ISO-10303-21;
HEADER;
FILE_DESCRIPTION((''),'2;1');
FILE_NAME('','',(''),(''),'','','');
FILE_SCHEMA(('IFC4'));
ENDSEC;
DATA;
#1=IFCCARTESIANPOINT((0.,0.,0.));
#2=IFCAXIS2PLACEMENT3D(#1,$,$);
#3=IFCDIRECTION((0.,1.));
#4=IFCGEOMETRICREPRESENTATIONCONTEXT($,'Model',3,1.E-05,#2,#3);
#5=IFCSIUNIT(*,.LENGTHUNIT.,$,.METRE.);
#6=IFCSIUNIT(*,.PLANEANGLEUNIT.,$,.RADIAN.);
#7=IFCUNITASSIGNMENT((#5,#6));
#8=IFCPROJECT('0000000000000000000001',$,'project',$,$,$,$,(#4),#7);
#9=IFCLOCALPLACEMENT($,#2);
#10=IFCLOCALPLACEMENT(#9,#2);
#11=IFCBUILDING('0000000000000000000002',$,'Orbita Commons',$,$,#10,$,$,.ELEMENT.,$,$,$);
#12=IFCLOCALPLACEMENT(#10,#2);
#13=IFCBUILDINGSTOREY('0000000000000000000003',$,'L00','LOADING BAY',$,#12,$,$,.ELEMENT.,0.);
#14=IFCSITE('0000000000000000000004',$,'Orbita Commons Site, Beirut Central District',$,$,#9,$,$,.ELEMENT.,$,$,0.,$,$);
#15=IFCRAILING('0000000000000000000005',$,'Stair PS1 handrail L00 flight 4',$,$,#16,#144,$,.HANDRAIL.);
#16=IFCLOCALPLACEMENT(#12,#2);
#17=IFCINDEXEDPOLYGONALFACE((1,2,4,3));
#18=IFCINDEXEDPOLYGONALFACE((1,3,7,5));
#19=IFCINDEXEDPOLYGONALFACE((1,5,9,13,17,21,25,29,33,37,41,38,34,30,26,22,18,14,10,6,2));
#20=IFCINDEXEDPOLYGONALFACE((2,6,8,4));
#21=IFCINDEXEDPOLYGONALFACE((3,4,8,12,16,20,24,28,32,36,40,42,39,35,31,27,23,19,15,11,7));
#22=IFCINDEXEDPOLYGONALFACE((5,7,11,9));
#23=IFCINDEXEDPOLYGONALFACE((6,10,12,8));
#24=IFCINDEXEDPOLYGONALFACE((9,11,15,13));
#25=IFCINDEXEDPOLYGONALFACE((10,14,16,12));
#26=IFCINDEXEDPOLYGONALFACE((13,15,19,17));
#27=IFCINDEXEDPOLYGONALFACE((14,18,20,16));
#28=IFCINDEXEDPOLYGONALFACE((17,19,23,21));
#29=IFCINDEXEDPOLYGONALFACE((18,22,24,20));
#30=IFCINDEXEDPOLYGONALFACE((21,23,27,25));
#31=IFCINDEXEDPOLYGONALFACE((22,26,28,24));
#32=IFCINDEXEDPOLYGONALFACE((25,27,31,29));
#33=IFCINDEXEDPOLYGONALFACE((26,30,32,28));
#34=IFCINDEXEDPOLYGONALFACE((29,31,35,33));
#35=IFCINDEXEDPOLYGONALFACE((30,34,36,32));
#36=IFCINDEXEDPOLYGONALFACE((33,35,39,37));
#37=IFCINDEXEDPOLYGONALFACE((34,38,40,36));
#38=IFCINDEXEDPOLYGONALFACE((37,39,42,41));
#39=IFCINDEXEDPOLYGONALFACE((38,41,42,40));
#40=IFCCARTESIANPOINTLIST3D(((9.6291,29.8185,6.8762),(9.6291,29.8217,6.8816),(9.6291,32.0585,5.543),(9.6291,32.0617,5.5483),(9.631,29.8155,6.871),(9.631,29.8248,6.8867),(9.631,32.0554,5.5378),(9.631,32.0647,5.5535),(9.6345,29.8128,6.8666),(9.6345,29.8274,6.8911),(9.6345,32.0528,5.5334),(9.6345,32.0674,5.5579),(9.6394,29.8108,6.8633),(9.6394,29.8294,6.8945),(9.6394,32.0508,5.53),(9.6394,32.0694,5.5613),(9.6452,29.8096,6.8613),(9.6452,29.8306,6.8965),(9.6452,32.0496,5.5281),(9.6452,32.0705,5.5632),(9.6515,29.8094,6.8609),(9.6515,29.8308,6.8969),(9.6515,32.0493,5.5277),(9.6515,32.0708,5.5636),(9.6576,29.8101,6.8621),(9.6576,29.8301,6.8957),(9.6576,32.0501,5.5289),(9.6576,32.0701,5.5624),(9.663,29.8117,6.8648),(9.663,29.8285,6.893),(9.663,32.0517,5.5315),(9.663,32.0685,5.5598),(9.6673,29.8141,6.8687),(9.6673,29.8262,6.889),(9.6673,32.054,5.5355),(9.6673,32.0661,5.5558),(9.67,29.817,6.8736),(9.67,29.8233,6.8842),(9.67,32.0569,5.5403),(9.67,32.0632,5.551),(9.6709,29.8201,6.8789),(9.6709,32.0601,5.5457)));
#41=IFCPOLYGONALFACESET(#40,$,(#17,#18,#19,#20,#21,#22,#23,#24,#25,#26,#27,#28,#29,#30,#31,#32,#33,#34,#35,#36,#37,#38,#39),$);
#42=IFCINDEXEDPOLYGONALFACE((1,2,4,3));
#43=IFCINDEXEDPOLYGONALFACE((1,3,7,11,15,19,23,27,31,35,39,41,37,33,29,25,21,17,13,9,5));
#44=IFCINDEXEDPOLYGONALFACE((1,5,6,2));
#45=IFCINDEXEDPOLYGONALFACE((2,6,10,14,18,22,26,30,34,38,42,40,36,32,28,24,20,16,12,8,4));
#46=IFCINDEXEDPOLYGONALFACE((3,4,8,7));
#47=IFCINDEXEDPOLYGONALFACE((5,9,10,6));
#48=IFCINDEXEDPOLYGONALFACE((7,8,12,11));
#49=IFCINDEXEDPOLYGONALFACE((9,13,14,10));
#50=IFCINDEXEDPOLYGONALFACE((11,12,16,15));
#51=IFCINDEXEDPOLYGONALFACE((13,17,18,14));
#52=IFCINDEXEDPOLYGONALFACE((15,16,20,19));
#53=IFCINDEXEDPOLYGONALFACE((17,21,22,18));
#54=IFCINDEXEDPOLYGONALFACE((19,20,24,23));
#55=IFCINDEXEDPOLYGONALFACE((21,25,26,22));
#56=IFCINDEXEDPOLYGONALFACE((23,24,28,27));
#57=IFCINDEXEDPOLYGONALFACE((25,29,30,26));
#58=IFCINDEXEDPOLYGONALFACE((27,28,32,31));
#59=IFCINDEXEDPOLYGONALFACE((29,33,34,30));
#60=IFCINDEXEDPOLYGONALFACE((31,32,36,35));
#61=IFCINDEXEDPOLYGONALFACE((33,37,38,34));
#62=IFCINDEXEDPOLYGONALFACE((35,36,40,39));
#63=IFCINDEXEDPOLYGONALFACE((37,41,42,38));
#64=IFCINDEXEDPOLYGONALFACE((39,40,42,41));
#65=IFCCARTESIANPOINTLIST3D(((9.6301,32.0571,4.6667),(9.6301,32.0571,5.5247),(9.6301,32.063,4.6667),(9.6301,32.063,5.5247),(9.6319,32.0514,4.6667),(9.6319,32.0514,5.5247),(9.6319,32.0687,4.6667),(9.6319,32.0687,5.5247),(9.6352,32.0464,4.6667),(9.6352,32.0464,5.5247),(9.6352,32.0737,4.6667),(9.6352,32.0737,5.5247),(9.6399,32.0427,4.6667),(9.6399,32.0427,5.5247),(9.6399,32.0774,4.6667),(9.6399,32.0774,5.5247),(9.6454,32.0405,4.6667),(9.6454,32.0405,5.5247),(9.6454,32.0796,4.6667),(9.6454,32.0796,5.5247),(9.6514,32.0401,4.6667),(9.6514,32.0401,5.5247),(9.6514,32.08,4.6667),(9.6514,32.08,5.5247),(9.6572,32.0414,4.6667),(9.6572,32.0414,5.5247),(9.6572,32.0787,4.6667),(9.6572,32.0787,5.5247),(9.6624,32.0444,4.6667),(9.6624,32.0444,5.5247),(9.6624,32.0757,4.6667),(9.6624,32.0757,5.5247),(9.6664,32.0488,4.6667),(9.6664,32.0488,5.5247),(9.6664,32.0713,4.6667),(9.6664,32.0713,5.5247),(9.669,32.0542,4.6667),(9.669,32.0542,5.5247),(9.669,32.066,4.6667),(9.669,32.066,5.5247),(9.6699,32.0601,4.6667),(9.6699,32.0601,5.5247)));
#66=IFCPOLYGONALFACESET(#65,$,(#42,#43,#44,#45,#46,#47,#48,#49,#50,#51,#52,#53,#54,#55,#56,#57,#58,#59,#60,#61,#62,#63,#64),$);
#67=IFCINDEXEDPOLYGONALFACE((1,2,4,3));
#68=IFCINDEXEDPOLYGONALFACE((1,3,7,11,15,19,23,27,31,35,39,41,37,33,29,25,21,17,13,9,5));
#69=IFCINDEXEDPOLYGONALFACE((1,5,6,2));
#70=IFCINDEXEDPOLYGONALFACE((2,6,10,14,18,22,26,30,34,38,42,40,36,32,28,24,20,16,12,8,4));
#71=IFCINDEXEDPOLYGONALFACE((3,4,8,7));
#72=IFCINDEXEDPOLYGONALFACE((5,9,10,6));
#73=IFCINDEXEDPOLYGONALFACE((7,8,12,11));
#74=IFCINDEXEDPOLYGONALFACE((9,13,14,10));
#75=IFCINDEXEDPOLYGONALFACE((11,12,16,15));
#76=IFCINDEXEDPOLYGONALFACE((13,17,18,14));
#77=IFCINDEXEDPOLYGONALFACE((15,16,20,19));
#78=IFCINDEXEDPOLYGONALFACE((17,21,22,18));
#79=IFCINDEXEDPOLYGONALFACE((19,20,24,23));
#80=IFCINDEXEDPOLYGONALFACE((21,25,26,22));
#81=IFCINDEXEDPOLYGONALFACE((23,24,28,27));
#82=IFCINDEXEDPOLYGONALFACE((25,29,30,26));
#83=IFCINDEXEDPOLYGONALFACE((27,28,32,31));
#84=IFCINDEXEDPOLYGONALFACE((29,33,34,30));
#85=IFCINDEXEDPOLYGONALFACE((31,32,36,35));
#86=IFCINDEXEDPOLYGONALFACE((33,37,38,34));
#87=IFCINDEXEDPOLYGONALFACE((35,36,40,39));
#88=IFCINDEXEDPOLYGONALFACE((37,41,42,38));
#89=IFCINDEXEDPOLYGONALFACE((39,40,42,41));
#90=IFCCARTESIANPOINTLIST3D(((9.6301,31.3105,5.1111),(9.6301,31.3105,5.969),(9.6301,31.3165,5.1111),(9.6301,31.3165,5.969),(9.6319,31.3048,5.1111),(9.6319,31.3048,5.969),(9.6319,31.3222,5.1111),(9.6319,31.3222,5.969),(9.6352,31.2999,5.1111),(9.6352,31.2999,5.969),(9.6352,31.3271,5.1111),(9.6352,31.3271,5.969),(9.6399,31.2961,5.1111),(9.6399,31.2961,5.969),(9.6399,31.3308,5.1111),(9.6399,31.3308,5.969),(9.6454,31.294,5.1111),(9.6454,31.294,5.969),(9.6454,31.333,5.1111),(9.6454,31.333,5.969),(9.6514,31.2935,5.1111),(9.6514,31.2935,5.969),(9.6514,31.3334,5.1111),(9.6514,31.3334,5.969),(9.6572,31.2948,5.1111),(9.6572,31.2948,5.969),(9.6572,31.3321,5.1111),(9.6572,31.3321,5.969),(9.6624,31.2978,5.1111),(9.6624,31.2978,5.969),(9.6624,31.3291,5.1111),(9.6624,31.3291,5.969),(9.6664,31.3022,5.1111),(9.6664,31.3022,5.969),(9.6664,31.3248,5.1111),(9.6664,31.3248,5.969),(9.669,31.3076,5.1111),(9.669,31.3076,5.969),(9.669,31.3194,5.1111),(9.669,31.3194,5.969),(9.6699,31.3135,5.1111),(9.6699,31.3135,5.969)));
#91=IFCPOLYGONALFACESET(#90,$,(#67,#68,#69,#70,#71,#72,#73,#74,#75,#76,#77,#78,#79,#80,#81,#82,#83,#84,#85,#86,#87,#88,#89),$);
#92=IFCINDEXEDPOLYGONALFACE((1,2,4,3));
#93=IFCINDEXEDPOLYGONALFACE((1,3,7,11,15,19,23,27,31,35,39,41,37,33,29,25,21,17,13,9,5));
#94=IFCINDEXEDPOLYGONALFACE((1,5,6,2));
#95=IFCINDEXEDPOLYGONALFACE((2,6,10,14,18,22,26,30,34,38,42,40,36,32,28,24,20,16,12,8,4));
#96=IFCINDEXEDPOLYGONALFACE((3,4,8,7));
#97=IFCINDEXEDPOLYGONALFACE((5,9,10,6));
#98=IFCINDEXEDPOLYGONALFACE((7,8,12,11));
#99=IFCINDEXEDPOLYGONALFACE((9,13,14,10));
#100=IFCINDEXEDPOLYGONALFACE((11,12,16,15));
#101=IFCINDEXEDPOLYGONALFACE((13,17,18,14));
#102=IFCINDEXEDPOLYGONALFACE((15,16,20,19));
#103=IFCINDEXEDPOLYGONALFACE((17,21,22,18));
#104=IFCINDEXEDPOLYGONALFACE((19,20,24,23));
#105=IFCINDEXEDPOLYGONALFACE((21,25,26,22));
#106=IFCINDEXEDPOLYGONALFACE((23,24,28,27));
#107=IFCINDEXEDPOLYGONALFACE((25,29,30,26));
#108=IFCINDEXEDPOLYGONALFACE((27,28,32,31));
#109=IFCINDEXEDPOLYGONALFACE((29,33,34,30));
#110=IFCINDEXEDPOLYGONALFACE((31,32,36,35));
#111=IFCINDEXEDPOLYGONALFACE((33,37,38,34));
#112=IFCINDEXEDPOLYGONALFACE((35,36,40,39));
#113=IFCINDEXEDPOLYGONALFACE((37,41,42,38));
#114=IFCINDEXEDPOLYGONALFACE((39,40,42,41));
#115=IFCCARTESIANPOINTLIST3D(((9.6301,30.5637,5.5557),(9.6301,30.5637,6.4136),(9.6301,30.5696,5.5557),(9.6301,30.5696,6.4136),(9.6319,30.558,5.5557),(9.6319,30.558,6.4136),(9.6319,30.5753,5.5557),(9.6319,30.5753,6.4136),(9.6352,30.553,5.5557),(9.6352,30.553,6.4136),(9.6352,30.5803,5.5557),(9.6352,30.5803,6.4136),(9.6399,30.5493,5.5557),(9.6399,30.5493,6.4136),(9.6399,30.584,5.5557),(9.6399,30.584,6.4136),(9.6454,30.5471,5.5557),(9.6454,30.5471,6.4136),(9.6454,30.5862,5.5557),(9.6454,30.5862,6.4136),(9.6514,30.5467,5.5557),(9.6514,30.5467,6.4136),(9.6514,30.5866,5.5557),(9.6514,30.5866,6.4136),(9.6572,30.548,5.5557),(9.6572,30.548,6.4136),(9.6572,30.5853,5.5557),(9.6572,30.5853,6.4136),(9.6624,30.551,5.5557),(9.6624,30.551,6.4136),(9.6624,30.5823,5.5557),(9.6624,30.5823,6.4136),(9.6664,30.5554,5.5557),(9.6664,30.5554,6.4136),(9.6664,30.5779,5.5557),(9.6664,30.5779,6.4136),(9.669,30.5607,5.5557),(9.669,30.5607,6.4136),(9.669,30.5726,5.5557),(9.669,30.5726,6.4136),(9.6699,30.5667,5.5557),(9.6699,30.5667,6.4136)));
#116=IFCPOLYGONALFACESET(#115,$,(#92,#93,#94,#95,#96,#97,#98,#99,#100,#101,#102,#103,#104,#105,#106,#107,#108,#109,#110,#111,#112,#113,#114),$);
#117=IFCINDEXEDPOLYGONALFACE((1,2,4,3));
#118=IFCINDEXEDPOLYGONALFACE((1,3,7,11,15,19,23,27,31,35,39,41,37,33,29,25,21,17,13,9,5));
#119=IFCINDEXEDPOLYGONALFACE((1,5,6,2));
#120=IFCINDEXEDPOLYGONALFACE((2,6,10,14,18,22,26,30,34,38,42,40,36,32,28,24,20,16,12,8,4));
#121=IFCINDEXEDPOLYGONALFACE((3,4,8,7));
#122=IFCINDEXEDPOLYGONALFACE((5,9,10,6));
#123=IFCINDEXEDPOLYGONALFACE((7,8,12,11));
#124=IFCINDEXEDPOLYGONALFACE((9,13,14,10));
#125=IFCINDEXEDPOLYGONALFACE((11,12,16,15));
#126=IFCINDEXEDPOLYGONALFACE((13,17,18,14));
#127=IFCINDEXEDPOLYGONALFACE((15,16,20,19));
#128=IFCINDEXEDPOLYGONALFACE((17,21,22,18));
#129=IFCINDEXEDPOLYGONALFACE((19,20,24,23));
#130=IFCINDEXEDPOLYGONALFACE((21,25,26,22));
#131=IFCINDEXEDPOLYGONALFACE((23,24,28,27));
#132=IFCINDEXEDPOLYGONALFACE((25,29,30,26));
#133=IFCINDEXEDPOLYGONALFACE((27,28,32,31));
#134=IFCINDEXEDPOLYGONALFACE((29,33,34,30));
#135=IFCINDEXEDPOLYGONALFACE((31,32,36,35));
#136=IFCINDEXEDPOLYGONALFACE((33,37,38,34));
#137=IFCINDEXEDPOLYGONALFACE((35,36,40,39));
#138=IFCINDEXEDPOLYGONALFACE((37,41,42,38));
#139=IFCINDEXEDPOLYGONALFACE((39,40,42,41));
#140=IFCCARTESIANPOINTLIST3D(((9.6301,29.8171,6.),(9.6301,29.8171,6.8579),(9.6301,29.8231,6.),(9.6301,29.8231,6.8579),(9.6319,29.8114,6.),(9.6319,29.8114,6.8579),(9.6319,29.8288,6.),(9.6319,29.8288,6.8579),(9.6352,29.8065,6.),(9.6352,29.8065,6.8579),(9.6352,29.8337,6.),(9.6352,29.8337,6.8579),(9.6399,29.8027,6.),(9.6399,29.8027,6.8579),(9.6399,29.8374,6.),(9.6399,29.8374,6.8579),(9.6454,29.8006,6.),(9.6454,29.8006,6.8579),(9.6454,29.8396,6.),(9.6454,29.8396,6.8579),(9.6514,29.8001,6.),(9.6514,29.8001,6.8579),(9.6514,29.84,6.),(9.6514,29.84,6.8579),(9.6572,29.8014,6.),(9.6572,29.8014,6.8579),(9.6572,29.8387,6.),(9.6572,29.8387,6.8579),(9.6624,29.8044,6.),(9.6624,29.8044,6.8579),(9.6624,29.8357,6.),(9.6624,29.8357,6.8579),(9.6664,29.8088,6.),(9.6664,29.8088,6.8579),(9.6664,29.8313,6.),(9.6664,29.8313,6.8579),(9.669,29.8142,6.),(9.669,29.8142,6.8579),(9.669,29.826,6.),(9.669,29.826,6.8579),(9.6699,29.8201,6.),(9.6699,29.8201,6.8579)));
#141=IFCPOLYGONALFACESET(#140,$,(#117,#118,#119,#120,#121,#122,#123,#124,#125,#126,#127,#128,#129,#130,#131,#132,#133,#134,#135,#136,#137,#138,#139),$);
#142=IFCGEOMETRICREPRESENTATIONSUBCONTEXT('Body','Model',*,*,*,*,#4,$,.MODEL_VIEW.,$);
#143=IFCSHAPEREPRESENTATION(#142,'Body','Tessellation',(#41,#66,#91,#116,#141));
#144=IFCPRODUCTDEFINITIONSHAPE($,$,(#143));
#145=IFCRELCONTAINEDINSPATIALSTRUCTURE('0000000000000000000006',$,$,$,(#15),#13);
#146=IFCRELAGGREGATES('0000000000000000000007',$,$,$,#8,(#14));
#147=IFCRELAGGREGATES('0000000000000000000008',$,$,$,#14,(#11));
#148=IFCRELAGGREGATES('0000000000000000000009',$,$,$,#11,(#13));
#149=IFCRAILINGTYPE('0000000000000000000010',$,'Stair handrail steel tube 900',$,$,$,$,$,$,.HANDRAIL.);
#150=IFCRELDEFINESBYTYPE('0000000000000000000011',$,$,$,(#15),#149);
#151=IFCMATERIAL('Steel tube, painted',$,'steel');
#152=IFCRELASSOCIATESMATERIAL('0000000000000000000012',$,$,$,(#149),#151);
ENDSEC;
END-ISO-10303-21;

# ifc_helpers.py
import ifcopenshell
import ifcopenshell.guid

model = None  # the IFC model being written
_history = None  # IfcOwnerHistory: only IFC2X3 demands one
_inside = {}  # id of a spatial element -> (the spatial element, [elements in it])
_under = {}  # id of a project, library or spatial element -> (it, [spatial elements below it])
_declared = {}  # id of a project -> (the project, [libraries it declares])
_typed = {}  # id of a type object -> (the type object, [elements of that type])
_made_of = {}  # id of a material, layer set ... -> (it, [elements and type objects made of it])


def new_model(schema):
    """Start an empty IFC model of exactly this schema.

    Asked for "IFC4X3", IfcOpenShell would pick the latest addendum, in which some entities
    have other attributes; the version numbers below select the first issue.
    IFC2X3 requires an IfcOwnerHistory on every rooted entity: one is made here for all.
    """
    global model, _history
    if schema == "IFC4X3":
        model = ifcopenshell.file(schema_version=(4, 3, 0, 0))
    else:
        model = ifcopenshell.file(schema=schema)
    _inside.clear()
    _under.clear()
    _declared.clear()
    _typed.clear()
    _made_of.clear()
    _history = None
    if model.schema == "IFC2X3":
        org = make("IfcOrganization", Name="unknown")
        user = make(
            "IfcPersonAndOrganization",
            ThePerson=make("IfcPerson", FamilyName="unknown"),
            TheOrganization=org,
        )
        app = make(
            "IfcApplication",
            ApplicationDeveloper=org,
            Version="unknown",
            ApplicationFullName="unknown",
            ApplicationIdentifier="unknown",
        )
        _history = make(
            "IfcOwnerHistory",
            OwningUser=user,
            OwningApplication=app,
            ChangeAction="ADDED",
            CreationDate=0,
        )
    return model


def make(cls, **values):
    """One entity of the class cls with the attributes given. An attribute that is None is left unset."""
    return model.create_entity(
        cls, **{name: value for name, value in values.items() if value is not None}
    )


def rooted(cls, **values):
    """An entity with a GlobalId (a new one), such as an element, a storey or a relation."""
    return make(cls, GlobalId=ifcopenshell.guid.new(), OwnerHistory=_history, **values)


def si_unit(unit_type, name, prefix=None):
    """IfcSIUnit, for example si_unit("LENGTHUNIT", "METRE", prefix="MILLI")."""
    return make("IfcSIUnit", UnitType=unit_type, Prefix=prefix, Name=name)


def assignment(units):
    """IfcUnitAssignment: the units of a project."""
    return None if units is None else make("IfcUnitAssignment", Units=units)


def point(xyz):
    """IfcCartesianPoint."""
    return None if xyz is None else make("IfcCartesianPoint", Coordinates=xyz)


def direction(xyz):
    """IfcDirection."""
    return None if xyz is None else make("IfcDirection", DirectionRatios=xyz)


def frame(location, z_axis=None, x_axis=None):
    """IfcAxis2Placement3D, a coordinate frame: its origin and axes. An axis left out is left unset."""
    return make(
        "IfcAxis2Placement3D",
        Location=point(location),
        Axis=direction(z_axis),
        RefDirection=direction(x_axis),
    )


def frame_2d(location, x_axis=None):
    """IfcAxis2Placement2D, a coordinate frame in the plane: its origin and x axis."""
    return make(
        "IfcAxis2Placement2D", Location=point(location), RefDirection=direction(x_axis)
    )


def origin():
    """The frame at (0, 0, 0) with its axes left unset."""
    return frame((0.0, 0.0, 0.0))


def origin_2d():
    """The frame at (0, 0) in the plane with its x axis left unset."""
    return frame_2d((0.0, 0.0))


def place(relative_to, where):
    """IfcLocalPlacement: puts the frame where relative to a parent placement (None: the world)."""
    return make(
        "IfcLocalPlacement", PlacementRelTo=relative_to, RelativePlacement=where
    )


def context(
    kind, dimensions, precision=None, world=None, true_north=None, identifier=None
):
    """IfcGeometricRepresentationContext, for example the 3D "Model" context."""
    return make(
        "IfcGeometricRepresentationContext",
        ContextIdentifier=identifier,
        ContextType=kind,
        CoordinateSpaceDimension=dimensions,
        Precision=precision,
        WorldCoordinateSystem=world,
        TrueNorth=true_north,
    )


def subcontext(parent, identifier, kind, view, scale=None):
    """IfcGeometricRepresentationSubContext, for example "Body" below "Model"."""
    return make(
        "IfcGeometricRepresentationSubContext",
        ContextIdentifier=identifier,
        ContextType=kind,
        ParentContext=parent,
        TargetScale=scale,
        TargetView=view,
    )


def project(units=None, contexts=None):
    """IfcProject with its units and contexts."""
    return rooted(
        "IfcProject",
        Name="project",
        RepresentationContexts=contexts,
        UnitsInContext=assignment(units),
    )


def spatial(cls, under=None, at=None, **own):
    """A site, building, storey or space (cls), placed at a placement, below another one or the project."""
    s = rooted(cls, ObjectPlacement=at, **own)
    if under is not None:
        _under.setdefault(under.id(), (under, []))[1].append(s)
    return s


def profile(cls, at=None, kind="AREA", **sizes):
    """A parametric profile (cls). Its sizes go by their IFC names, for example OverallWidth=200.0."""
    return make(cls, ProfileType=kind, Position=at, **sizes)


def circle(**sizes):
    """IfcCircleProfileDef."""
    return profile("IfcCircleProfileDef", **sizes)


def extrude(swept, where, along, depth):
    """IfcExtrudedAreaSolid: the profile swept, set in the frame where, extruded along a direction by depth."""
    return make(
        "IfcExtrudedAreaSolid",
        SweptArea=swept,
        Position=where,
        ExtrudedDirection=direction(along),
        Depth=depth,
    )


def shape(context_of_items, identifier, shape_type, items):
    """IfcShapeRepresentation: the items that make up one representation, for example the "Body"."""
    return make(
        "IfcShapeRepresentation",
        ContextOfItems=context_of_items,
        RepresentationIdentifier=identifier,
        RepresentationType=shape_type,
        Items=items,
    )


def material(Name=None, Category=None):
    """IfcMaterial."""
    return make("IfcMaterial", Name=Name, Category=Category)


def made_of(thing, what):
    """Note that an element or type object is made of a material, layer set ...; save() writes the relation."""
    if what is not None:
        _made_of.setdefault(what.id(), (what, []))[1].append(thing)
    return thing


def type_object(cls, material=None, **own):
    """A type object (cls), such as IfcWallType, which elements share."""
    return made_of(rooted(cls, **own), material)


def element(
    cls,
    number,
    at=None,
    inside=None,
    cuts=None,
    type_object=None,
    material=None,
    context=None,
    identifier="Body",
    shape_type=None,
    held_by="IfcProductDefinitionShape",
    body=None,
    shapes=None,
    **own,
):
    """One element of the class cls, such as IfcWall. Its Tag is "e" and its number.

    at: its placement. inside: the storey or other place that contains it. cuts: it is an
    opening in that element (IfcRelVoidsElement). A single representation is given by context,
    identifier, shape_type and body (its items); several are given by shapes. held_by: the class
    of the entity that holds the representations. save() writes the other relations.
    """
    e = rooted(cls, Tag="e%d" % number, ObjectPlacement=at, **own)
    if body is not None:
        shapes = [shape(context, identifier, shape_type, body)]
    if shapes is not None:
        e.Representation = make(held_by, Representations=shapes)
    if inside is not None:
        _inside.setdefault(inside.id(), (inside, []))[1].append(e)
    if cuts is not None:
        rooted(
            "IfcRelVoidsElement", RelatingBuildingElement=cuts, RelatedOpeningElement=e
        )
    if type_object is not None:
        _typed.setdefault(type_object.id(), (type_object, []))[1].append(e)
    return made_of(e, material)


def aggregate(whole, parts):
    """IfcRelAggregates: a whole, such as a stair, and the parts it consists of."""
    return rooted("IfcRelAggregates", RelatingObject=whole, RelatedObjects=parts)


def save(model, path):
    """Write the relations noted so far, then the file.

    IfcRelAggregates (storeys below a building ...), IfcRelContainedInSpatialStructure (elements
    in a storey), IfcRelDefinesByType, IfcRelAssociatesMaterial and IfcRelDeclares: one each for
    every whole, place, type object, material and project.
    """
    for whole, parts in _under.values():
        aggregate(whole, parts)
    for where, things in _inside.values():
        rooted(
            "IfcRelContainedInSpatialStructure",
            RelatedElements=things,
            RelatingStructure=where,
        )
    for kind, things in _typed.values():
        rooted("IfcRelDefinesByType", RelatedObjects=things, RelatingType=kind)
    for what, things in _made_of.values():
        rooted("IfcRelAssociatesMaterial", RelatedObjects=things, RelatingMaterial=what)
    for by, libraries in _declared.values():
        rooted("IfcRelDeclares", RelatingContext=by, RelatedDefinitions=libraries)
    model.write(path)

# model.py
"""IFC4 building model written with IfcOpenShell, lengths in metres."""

from ifc_helpers import new_model, si_unit, direction, frame, origin, origin_2d, place, context, subcontext, project, spatial, circle, extrude, material, type_object, element, save


model = new_model("IFC4")

# Units and contexts
model_context = context("Model", 3, precision=1e-05, world=origin(), true_north=direction((0.0, 1.0)))
body_context = subcontext(model_context, "Body", "Model", "MODEL_VIEW")
ifc_project = project(units=[si_unit("LENGTHUNIT", "METRE"), si_unit("PLANEANGLEUNIT", "RADIAN")], contexts=[model_context])

# Site, building, storey
site_placement = place(None, origin())
site = spatial("IfcSite", under=ifc_project, at=site_placement, Name="Orbita Commons Site, Beirut Central District", CompositionType="ELEMENT", RefElevation=0.0)
building_placement = place(site_placement, origin())
building = spatial("IfcBuilding", under=site, at=building_placement, Name="Orbita Commons", CompositionType="ELEMENT")
storey_placement = place(building_placement, origin())
storey = spatial("IfcBuildingStorey", under=building, at=storey_placement, Name="L00", Description="LOADING BAY", CompositionType="ELEMENT", Elevation=0.0)

# Railing
ifc_material_1 = material(Name="Steel tube, painted", Category="steel")
railing_type = type_object("IfcRailingType", Name="Stair handrail steel tube 900", PredefinedType="HANDRAIL", material=ifc_material_1)
for number, where, name in (
    (1, (9.6499, 32.0601, 4.6667), "Stair PS1 handrail L00 flight 4"),
):
    element("IfcRailing", number, at=place(storey_placement, frame(where)), inside=storey, type_object=railing_type, Name=name, PredefinedType="HANDRAIL", context=body_context, shape_type="SweptSolid", body=[
        extrude(circle(Radius=0.021, at=origin_2d()), frame((0.0, 0.0, 0.8789), z_axis=(0.0, -0.859306, 0.511462), x_axis=(1.0, 0.0, 0.0)), (0.0, 0.0, 1.0), 2.6067),
        extrude(circle(Radius=0.02, at=origin_2d()), origin(), (0.0, 0.0, 1.0), 0.8579),
        extrude(circle(Radius=0.02, at=origin_2d()), frame((0.0, -0.7466, 0.4443)), (0.0, 0.0, 1.0), 0.8579),
        extrude(circle(Radius=0.02, at=origin_2d()), frame((0.0, -1.4934, 0.8889)), (0.0, 0.0, 1.0), 0.8579),
        extrude(circle(Radius=0.02, at=origin_2d()), frame((0.0, -2.24, 1.3333)), (0.0, 0.0, 1.0), 0.8579),
    ])

save(model, "model.ifc")
